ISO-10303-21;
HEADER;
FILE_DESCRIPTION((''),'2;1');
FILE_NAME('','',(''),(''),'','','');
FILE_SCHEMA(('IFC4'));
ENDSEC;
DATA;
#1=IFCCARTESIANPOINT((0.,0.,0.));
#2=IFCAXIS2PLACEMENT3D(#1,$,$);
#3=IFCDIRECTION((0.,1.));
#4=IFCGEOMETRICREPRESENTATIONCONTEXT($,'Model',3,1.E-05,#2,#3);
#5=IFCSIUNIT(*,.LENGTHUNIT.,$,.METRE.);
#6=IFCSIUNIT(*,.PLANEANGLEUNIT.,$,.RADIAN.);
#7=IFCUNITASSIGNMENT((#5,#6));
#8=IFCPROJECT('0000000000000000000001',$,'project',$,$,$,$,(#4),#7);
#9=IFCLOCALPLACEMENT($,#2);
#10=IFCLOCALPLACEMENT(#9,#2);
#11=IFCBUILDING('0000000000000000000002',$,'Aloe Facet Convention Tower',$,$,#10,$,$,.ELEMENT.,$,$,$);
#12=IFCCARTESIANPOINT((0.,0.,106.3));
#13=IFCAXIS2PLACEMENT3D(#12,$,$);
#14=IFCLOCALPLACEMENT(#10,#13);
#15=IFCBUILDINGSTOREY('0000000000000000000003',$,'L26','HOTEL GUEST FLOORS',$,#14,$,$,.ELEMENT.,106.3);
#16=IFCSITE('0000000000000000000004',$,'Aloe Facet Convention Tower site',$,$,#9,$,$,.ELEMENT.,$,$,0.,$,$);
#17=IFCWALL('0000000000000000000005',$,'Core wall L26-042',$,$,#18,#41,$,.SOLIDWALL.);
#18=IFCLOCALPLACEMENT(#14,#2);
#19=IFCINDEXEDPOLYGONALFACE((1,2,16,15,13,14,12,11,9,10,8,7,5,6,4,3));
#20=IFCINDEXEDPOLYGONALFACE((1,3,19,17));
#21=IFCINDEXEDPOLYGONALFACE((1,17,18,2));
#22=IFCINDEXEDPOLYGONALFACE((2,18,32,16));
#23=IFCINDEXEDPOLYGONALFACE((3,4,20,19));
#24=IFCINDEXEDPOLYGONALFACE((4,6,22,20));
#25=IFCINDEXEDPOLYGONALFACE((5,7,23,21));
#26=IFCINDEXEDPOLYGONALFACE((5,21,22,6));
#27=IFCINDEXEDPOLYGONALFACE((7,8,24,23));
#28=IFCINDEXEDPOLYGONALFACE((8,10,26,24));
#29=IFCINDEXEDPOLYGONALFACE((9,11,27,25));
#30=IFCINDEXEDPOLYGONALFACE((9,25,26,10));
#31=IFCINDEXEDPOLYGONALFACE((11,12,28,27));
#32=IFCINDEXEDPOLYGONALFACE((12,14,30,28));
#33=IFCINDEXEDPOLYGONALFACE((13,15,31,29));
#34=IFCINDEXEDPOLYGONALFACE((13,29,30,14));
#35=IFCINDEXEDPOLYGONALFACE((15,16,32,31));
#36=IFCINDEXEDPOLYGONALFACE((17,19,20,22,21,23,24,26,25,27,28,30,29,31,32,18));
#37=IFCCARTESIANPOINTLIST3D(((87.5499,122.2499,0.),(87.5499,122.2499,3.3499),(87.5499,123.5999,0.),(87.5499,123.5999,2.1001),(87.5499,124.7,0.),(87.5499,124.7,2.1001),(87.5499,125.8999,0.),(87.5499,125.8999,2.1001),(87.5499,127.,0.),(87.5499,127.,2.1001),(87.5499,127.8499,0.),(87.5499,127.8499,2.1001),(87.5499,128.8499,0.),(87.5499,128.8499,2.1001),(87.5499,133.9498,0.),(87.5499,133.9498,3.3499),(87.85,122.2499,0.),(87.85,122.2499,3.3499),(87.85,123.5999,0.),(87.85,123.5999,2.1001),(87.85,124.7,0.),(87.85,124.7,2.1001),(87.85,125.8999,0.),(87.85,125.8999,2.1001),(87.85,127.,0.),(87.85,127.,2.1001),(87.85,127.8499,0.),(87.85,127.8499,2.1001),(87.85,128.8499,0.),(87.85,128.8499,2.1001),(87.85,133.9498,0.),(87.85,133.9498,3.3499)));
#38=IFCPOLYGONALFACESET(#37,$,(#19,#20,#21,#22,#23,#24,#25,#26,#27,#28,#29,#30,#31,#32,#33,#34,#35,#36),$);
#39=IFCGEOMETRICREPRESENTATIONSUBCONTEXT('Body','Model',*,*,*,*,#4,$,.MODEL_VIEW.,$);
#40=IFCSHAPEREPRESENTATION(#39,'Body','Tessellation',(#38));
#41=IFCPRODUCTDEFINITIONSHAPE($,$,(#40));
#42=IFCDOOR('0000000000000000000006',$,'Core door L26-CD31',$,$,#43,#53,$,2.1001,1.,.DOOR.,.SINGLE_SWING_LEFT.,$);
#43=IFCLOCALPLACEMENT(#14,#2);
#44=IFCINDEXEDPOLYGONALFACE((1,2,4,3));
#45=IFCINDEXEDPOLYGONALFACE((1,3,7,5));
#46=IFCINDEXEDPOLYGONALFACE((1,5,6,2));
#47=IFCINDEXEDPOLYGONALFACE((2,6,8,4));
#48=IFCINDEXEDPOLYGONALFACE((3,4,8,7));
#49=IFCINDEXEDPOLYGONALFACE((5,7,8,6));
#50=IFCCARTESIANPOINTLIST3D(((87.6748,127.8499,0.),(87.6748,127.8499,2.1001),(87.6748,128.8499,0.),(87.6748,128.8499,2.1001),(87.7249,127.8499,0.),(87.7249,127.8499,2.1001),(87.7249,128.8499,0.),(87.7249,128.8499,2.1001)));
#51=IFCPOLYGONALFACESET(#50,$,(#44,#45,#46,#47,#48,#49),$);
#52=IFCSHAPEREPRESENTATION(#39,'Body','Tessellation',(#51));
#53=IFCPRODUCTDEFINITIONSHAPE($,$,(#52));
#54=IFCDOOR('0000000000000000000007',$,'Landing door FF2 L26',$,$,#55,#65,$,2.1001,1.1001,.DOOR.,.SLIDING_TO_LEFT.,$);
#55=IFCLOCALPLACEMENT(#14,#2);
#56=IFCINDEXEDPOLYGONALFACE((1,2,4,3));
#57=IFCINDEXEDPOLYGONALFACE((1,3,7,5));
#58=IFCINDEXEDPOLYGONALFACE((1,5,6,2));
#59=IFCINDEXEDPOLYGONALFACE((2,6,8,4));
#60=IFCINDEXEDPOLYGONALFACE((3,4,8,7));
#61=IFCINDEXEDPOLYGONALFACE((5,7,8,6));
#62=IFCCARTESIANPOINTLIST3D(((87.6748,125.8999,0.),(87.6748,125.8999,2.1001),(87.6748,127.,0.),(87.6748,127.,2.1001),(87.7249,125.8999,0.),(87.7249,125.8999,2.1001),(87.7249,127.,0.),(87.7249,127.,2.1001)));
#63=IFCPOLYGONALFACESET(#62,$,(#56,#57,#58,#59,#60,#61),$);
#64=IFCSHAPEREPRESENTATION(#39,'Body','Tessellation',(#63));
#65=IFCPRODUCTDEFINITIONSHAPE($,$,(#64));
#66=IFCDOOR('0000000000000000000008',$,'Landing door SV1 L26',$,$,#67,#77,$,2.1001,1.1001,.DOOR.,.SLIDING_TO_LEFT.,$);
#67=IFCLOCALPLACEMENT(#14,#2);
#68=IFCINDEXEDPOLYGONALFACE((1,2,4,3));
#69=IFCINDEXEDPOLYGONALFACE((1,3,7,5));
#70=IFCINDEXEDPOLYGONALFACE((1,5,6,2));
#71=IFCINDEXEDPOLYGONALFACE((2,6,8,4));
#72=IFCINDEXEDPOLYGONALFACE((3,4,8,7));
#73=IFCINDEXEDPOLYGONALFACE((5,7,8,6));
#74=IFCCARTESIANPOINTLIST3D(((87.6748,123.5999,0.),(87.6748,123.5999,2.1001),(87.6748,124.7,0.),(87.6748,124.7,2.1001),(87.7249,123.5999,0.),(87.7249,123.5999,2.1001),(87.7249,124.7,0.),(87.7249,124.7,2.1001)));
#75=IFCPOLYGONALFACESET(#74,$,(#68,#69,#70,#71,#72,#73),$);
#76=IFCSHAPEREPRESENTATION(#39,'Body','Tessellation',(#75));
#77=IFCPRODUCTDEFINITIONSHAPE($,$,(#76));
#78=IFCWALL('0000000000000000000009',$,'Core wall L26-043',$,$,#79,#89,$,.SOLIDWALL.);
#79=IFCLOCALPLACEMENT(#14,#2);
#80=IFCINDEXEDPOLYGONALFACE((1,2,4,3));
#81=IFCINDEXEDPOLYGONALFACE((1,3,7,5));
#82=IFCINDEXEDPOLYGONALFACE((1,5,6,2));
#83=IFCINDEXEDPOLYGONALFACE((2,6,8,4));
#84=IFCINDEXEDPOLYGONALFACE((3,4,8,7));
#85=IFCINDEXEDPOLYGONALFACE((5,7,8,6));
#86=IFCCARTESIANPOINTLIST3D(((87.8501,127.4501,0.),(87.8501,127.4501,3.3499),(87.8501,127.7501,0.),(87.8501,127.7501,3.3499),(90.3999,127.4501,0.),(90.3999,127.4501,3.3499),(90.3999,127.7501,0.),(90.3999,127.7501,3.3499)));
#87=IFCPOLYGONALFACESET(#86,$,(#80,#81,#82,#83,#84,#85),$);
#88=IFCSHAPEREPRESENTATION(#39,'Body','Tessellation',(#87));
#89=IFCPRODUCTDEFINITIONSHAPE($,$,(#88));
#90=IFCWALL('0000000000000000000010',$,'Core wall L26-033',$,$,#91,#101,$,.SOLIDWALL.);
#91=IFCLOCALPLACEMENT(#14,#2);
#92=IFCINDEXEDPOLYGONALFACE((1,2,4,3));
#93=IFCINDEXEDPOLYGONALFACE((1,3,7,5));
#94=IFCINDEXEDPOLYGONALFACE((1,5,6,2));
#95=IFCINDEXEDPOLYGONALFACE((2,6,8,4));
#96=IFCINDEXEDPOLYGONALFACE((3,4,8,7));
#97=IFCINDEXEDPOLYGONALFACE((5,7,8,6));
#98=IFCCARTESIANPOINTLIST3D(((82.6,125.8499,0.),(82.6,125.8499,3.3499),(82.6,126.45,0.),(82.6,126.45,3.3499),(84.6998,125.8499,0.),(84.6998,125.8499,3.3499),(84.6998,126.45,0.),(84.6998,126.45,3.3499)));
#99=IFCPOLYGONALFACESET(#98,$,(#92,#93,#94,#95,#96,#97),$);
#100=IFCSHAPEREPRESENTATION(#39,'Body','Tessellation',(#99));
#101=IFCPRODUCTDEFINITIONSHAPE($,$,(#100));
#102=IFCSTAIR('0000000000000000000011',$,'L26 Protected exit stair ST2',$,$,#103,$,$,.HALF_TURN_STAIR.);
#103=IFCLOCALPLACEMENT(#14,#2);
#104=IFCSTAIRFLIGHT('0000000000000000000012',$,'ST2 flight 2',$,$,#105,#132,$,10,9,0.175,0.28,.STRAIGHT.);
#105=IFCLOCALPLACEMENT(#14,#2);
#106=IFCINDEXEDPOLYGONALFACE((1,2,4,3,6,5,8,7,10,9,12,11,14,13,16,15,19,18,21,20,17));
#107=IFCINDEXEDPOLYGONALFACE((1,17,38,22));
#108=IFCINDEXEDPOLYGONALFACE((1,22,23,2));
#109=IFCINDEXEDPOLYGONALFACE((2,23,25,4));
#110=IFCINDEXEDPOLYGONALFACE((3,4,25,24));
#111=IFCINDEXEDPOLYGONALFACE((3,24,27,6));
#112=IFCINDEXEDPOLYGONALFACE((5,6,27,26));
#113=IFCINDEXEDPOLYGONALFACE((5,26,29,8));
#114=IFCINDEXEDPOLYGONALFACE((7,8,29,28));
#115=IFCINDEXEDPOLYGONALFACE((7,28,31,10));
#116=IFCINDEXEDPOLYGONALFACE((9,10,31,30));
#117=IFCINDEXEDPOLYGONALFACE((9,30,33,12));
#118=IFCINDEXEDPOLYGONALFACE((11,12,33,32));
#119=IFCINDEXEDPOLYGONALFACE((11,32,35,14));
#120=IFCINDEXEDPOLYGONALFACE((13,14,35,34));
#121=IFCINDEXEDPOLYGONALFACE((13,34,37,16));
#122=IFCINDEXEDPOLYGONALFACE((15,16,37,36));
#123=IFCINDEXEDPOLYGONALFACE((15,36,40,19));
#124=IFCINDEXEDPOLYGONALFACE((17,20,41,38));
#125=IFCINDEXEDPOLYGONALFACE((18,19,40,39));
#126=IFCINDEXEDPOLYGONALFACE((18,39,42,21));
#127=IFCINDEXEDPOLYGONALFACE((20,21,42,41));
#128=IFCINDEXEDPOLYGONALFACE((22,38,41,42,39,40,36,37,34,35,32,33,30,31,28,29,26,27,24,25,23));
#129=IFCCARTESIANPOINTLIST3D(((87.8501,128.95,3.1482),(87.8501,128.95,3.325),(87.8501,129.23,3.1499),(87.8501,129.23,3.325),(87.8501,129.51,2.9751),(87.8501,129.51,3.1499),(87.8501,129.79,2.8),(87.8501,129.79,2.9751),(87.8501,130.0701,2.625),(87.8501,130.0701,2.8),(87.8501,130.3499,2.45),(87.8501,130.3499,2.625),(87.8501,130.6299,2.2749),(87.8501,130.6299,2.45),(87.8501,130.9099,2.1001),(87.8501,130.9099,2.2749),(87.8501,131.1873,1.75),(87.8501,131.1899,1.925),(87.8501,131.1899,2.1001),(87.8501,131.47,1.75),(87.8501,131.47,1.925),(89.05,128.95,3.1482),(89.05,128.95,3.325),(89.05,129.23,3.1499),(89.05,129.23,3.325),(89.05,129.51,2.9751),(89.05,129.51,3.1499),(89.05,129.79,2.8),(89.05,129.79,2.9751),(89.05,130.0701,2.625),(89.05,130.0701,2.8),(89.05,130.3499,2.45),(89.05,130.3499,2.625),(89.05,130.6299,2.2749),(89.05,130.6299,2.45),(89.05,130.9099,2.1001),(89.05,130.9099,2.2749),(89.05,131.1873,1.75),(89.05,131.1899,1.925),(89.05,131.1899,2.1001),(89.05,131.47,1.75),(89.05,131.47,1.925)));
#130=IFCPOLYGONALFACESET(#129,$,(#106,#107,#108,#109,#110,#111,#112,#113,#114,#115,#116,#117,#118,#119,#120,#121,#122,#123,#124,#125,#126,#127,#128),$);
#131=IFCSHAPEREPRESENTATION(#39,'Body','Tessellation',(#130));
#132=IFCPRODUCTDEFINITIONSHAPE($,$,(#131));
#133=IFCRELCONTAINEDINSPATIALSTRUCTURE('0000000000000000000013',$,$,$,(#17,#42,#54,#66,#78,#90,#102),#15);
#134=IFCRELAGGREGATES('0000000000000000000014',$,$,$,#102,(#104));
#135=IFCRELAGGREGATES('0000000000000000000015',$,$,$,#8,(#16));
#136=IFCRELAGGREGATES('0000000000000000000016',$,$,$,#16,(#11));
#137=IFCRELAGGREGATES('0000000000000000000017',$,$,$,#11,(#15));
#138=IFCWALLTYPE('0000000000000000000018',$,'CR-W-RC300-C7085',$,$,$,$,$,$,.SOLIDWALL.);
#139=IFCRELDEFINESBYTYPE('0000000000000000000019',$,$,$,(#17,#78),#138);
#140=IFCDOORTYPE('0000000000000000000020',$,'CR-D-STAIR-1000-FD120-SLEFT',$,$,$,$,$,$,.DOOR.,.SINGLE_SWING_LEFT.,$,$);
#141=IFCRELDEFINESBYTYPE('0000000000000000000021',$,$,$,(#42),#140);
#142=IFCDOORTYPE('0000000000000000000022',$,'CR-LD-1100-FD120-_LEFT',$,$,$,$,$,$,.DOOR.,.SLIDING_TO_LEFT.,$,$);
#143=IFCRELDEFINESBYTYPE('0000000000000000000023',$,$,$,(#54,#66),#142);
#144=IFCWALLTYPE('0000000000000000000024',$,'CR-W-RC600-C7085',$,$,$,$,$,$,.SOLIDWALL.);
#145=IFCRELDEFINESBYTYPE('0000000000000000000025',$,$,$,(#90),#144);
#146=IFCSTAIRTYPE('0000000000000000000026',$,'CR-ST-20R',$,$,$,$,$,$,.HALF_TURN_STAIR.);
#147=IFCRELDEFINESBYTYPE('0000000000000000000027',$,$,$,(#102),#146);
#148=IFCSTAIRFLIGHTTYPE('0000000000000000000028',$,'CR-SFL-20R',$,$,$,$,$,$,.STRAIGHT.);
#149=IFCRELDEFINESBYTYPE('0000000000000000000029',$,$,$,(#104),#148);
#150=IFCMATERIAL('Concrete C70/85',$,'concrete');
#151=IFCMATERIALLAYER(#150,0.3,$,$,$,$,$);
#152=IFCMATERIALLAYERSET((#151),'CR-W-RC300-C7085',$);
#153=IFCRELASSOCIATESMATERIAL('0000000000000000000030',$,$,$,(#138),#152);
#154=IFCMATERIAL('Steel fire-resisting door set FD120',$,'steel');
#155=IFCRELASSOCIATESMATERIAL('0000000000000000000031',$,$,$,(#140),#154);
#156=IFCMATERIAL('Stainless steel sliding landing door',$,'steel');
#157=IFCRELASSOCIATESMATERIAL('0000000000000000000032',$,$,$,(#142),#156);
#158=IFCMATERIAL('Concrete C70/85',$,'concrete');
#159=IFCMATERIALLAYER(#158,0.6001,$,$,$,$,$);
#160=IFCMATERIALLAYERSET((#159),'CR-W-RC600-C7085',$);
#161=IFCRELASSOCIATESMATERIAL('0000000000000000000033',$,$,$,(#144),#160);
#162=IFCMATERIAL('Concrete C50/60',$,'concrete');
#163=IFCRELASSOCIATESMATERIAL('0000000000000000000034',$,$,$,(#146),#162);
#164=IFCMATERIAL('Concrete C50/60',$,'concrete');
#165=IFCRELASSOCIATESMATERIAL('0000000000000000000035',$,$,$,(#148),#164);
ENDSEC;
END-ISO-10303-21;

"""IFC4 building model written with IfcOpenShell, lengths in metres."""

from ifc_helpers import new_model, si_unit, direction, frame, frame_2d, origin, place, context, subcontext, project, spatial, polyline, rectangle, outline, extrude, material, layer, layer_set, type_object, element, fill, aggregate, save


model = new_model("IFC4")

# Units and contexts
model_context = context("Model", 3, precision=1e-05, world=origin(), true_north=direction((0.0, 1.0)))
body_context = subcontext(model_context, "Body", "Model", "MODEL_VIEW")
ifc_project = project(units=[si_unit("LENGTHUNIT", "METRE"), si_unit("PLANEANGLEUNIT", "RADIAN")], contexts=[model_context])

# Site, building, storey
site_placement = place(None, origin())
site = spatial("IfcSite", under=ifc_project, at=site_placement, Name="Aloe Facet Convention Tower site", CompositionType="ELEMENT", RefElevation=0.0)
building_placement = place(site_placement, origin())
building = spatial("IfcBuilding", under=site, at=building_placement, Name="Aloe Facet Convention Tower", CompositionType="ELEMENT")
storey_placement = place(building_placement, frame((0.0, 0.0, 106.3)))
storey = spatial("IfcBuildingStorey", under=building, at=storey_placement, Name="L26", Description="HOTEL GUEST FLOORS", CompositionType="ELEMENT", Elevation=106.3)

# Shared definitions
ifc_material_1 = material(Name="Concrete C70/85", Category="concrete")
ifc_layer_1 = layer(ifc_material_1, 0.3)
ifc_layer_set_1 = layer_set([ifc_layer_1], Name="CR-W-RC300-C7085")
wall_type_1 = type_object("IfcWallType", Name="CR-W-RC300-C7085", PredefinedType="SOLIDWALL", material=ifc_layer_set_1)

# Wall, openings, doors
wall_1_placement = place(storey_placement, frame((87.7, 133.95, 0.0), z_axis=(0.0, 0.0, 1.0), x_axis=(0.0, -1.0, 0.0)))
wall_1 = element("IfcWall", 1, at=wall_1_placement, inside=storey, type_object=wall_type_1, Name="Core wall L26-042", PredefinedType="SOLIDWALL", context=body_context, shape_type="SweptSolid", body=[
    extrude(rectangle(XDim=11.7, YDim=0.3, at=frame_2d((5.8501, 0.0))), origin(), (0.0, 0.0, 1.0), 3.3499),
])
opening_1_placement = place(wall_1_placement, frame((6.95, 0.0, 0.0)))
opening_1 = element("IfcOpeningElement", 2, at=opening_1_placement, cuts=wall_1, PredefinedType="OPENING", context=body_context, shape_type="SweptSolid", body=[
    extrude(rectangle(XDim=1.1001, YDim=2.1001, at=frame_2d((0.55, 1.05))), frame((0.0, 0.1602, 0.0), z_axis=(0.0, -1.0, 0.0), x_axis=(1.0, 0.0, 0.0)), (0.0, 0.0, 1.0), 0.3201),
])
opening_2_placement = place(wall_1_placement, frame((5.1001, 0.0, 0.0)))
opening_2 = element("IfcOpeningElement", 3, at=opening_2_placement, cuts=wall_1, PredefinedType="OPENING", context=body_context, shape_type="SweptSolid", body=[
    extrude(rectangle(XDim=1.0, YDim=2.1001, at=frame_2d((0.5, 1.05))), frame((0.0, 0.1602, 0.0), z_axis=(0.0, -1.0, 0.0), x_axis=(1.0, 0.0, 0.0)), (0.0, 0.0, 1.0), 0.3201),
])
opening_3_placement = place(wall_1_placement, frame((9.25, 0.0, 0.0)))
opening_3 = element("IfcOpeningElement", 4, at=opening_3_placement, cuts=wall_1, PredefinedType="OPENING", context=body_context, shape_type="SweptSolid", body=[
    extrude(rectangle(XDim=1.1001, YDim=2.1001, at=frame_2d((0.55, 1.05))), frame((0.0, 0.1602, 0.0), z_axis=(0.0, -1.0, 0.0), x_axis=(1.0, 0.0, 0.0)), (0.0, 0.0, 1.0), 0.3201),
])
ifc_material_2 = material(Name="Steel fire-resisting door set FD120", Category="steel")
door_type_1 = type_object("IfcDoorType", Name="CR-D-STAIR-1000-FD120-SLEFT", OperationType="SINGLE_SWING_LEFT", PredefinedType="DOOR", material=ifc_material_2)
door_1_placement = place(opening_2_placement, origin())
door_1 = element("IfcDoor", 5, at=door_1_placement, inside=storey, type_object=door_type_1, Name="Core door L26-CD31", OperationType="SINGLE_SWING_LEFT", OverallHeight=2.1001, OverallWidth=1.0, PredefinedType="DOOR", context=body_context, shape_type="SweptSolid", body=[
    extrude(rectangle(XDim=1.0, YDim=2.1001, at=frame_2d((0.5, 1.05))), frame((0.0, 0.0249, 0.0), z_axis=(0.0, -1.0, 0.0), x_axis=(1.0, 0.0, 0.0)), (0.0, 0.0, 1.0), 0.05),
])
fill(opening_2, door_1)
ifc_material_3 = material(Name="Stainless steel sliding landing door", Category="steel")
door_type_2 = type_object("IfcDoorType", Name="CR-LD-1100-FD120-_LEFT", OperationType="SLIDING_TO_LEFT", PredefinedType="DOOR", material=ifc_material_3)
door_2_placement = place(opening_1_placement, origin())
door_2 = element("IfcDoor", 6, at=door_2_placement, inside=storey, type_object=door_type_2, Name="Landing door FF2 L26", OperationType="SLIDING_TO_LEFT", OverallHeight=2.1001, OverallWidth=1.1001, PredefinedType="DOOR", context=body_context, shape_type="SweptSolid", body=[
    extrude(rectangle(XDim=1.1001, YDim=2.1001, at=frame_2d((0.55, 1.05))), frame((0.0, 0.0249, 0.0), z_axis=(0.0, -1.0, 0.0), x_axis=(1.0, 0.0, 0.0)), (0.0, 0.0, 1.0), 0.05),
])
fill(opening_1, door_2)
door_3_placement = place(opening_3_placement, origin())
door_3 = element("IfcDoor", 7, at=door_3_placement, inside=storey, type_object=door_type_2, Name="Landing door SV1 L26", OperationType="SLIDING_TO_LEFT", OverallHeight=2.1001, OverallWidth=1.1001, PredefinedType="DOOR", context=body_context, shape_type="SweptSolid", body=[
    extrude(rectangle(XDim=1.1001, YDim=2.1001, at=frame_2d((0.55, 1.05))), frame((0.0, 0.0249, 0.0), z_axis=(0.0, -1.0, 0.0), x_axis=(1.0, 0.0, 0.0)), (0.0, 0.0, 1.0), 0.05),
])
fill(opening_3, door_3)

# Walls
wall_2_placement = place(storey_placement, frame((87.8501, 127.6001, 0.0), z_axis=(0.0, 0.0, 1.0), x_axis=(1.0, 0.0, 0.0)))
element("IfcWall", 8, at=wall_2_placement, inside=storey, type_object=wall_type_1, Name="Core wall L26-043", PredefinedType="SOLIDWALL", context=body_context, shape_type="SweptSolid", body=[
    extrude(rectangle(XDim=2.5498, YDim=0.3, at=frame_2d((1.2749, 0.0))), origin(), (0.0, 0.0, 1.0), 3.3499),
])
ifc_material_4 = material(Name="Concrete C70/85", Category="concrete")
ifc_layer_2 = layer(ifc_material_4, 0.6001)
ifc_layer_set_2 = layer_set([ifc_layer_2], Name="CR-W-RC600-C7085")
wall_type_2 = type_object("IfcWallType", Name="CR-W-RC600-C7085", PredefinedType="SOLIDWALL", material=ifc_layer_set_2)
wall_3_placement = place(storey_placement, frame((82.6001, 126.1499, 0.0), z_axis=(0.0, 0.0, 1.0), x_axis=(1.0, 0.0, 0.0)))
element("IfcWall", 9, at=wall_3_placement, inside=storey, type_object=wall_type_2, Name="Core wall L26-033", PredefinedType="SOLIDWALL", context=body_context, shape_type="SweptSolid", body=[
    extrude(rectangle(XDim=2.0999, YDim=0.6001, at=frame_2d((1.0498, 0.0))), origin(), (0.0, 0.0, 1.0), 3.3499),
])

# Stair, stair flight
ifc_material_5 = material(Name="Concrete C50/60", Category="concrete")
stair_type = type_object("IfcStairType", Name="CR-ST-20R", PredefinedType="HALF_TURN_STAIR", material=ifc_material_5)
stair_placement = place(storey_placement, origin())
stair = element("IfcStair", 10, at=stair_placement, inside=storey, type_object=stair_type, Name="L26 Protected exit stair ST2", PredefinedType="HALF_TURN_STAIR")
ifc_material_6 = material(Name="Concrete C50/60", Category="concrete")
stair_flight_type = type_object("IfcStairFlightType", Name="CR-SFL-20R", PredefinedType="STRAIGHT", material=ifc_material_6)
stair_flight_placement = place(storey_placement, frame((88.45, 131.47, 1.75), z_axis=(0.0, 0.0, 1.0), x_axis=(0.0, -1.0, 0.0)))
stair_flight = element("IfcStairFlight", 11, at=stair_flight_placement, type_object=stair_flight_type, Name="ST2 flight 2", NumberOfRisers=10, NumberOfTreads=9, PredefinedType="STRAIGHT", RiserHeight=0.175, TreadLength=0.28, context=body_context, shape_type="SweptSolid", body=[
    extrude(outline(polyline([(0.0, 0.0), (0.0, 0.175), (0.28, 0.175), (0.28, 0.3501), (0.5601, 0.3501), (0.5601, 0.5249), (0.8401, 0.5249), (0.8401, 0.7), (1.1201, 0.7), (1.1201, 0.875), (1.3999, 0.875), (1.3999, 1.05), (1.6799, 1.05), (1.6799, 1.2251), (1.96, 1.2251), (1.96, 1.3999), (2.24, 1.3999), (2.24, 1.575), (2.52, 1.575), (2.52, 1.75), (2.52, 1.3982), (0.2827, 0.0), (0.0, 0.0)])), frame((0.0, 0.6001, 0.0), z_axis=(0.0, -1.0, 0.0), x_axis=(1.0, 0.0, 0.0)), (0.0, 0.0, 1.0), 1.2),
])
aggregate(stair, [stair_flight])

save(model, "model.ifc")
